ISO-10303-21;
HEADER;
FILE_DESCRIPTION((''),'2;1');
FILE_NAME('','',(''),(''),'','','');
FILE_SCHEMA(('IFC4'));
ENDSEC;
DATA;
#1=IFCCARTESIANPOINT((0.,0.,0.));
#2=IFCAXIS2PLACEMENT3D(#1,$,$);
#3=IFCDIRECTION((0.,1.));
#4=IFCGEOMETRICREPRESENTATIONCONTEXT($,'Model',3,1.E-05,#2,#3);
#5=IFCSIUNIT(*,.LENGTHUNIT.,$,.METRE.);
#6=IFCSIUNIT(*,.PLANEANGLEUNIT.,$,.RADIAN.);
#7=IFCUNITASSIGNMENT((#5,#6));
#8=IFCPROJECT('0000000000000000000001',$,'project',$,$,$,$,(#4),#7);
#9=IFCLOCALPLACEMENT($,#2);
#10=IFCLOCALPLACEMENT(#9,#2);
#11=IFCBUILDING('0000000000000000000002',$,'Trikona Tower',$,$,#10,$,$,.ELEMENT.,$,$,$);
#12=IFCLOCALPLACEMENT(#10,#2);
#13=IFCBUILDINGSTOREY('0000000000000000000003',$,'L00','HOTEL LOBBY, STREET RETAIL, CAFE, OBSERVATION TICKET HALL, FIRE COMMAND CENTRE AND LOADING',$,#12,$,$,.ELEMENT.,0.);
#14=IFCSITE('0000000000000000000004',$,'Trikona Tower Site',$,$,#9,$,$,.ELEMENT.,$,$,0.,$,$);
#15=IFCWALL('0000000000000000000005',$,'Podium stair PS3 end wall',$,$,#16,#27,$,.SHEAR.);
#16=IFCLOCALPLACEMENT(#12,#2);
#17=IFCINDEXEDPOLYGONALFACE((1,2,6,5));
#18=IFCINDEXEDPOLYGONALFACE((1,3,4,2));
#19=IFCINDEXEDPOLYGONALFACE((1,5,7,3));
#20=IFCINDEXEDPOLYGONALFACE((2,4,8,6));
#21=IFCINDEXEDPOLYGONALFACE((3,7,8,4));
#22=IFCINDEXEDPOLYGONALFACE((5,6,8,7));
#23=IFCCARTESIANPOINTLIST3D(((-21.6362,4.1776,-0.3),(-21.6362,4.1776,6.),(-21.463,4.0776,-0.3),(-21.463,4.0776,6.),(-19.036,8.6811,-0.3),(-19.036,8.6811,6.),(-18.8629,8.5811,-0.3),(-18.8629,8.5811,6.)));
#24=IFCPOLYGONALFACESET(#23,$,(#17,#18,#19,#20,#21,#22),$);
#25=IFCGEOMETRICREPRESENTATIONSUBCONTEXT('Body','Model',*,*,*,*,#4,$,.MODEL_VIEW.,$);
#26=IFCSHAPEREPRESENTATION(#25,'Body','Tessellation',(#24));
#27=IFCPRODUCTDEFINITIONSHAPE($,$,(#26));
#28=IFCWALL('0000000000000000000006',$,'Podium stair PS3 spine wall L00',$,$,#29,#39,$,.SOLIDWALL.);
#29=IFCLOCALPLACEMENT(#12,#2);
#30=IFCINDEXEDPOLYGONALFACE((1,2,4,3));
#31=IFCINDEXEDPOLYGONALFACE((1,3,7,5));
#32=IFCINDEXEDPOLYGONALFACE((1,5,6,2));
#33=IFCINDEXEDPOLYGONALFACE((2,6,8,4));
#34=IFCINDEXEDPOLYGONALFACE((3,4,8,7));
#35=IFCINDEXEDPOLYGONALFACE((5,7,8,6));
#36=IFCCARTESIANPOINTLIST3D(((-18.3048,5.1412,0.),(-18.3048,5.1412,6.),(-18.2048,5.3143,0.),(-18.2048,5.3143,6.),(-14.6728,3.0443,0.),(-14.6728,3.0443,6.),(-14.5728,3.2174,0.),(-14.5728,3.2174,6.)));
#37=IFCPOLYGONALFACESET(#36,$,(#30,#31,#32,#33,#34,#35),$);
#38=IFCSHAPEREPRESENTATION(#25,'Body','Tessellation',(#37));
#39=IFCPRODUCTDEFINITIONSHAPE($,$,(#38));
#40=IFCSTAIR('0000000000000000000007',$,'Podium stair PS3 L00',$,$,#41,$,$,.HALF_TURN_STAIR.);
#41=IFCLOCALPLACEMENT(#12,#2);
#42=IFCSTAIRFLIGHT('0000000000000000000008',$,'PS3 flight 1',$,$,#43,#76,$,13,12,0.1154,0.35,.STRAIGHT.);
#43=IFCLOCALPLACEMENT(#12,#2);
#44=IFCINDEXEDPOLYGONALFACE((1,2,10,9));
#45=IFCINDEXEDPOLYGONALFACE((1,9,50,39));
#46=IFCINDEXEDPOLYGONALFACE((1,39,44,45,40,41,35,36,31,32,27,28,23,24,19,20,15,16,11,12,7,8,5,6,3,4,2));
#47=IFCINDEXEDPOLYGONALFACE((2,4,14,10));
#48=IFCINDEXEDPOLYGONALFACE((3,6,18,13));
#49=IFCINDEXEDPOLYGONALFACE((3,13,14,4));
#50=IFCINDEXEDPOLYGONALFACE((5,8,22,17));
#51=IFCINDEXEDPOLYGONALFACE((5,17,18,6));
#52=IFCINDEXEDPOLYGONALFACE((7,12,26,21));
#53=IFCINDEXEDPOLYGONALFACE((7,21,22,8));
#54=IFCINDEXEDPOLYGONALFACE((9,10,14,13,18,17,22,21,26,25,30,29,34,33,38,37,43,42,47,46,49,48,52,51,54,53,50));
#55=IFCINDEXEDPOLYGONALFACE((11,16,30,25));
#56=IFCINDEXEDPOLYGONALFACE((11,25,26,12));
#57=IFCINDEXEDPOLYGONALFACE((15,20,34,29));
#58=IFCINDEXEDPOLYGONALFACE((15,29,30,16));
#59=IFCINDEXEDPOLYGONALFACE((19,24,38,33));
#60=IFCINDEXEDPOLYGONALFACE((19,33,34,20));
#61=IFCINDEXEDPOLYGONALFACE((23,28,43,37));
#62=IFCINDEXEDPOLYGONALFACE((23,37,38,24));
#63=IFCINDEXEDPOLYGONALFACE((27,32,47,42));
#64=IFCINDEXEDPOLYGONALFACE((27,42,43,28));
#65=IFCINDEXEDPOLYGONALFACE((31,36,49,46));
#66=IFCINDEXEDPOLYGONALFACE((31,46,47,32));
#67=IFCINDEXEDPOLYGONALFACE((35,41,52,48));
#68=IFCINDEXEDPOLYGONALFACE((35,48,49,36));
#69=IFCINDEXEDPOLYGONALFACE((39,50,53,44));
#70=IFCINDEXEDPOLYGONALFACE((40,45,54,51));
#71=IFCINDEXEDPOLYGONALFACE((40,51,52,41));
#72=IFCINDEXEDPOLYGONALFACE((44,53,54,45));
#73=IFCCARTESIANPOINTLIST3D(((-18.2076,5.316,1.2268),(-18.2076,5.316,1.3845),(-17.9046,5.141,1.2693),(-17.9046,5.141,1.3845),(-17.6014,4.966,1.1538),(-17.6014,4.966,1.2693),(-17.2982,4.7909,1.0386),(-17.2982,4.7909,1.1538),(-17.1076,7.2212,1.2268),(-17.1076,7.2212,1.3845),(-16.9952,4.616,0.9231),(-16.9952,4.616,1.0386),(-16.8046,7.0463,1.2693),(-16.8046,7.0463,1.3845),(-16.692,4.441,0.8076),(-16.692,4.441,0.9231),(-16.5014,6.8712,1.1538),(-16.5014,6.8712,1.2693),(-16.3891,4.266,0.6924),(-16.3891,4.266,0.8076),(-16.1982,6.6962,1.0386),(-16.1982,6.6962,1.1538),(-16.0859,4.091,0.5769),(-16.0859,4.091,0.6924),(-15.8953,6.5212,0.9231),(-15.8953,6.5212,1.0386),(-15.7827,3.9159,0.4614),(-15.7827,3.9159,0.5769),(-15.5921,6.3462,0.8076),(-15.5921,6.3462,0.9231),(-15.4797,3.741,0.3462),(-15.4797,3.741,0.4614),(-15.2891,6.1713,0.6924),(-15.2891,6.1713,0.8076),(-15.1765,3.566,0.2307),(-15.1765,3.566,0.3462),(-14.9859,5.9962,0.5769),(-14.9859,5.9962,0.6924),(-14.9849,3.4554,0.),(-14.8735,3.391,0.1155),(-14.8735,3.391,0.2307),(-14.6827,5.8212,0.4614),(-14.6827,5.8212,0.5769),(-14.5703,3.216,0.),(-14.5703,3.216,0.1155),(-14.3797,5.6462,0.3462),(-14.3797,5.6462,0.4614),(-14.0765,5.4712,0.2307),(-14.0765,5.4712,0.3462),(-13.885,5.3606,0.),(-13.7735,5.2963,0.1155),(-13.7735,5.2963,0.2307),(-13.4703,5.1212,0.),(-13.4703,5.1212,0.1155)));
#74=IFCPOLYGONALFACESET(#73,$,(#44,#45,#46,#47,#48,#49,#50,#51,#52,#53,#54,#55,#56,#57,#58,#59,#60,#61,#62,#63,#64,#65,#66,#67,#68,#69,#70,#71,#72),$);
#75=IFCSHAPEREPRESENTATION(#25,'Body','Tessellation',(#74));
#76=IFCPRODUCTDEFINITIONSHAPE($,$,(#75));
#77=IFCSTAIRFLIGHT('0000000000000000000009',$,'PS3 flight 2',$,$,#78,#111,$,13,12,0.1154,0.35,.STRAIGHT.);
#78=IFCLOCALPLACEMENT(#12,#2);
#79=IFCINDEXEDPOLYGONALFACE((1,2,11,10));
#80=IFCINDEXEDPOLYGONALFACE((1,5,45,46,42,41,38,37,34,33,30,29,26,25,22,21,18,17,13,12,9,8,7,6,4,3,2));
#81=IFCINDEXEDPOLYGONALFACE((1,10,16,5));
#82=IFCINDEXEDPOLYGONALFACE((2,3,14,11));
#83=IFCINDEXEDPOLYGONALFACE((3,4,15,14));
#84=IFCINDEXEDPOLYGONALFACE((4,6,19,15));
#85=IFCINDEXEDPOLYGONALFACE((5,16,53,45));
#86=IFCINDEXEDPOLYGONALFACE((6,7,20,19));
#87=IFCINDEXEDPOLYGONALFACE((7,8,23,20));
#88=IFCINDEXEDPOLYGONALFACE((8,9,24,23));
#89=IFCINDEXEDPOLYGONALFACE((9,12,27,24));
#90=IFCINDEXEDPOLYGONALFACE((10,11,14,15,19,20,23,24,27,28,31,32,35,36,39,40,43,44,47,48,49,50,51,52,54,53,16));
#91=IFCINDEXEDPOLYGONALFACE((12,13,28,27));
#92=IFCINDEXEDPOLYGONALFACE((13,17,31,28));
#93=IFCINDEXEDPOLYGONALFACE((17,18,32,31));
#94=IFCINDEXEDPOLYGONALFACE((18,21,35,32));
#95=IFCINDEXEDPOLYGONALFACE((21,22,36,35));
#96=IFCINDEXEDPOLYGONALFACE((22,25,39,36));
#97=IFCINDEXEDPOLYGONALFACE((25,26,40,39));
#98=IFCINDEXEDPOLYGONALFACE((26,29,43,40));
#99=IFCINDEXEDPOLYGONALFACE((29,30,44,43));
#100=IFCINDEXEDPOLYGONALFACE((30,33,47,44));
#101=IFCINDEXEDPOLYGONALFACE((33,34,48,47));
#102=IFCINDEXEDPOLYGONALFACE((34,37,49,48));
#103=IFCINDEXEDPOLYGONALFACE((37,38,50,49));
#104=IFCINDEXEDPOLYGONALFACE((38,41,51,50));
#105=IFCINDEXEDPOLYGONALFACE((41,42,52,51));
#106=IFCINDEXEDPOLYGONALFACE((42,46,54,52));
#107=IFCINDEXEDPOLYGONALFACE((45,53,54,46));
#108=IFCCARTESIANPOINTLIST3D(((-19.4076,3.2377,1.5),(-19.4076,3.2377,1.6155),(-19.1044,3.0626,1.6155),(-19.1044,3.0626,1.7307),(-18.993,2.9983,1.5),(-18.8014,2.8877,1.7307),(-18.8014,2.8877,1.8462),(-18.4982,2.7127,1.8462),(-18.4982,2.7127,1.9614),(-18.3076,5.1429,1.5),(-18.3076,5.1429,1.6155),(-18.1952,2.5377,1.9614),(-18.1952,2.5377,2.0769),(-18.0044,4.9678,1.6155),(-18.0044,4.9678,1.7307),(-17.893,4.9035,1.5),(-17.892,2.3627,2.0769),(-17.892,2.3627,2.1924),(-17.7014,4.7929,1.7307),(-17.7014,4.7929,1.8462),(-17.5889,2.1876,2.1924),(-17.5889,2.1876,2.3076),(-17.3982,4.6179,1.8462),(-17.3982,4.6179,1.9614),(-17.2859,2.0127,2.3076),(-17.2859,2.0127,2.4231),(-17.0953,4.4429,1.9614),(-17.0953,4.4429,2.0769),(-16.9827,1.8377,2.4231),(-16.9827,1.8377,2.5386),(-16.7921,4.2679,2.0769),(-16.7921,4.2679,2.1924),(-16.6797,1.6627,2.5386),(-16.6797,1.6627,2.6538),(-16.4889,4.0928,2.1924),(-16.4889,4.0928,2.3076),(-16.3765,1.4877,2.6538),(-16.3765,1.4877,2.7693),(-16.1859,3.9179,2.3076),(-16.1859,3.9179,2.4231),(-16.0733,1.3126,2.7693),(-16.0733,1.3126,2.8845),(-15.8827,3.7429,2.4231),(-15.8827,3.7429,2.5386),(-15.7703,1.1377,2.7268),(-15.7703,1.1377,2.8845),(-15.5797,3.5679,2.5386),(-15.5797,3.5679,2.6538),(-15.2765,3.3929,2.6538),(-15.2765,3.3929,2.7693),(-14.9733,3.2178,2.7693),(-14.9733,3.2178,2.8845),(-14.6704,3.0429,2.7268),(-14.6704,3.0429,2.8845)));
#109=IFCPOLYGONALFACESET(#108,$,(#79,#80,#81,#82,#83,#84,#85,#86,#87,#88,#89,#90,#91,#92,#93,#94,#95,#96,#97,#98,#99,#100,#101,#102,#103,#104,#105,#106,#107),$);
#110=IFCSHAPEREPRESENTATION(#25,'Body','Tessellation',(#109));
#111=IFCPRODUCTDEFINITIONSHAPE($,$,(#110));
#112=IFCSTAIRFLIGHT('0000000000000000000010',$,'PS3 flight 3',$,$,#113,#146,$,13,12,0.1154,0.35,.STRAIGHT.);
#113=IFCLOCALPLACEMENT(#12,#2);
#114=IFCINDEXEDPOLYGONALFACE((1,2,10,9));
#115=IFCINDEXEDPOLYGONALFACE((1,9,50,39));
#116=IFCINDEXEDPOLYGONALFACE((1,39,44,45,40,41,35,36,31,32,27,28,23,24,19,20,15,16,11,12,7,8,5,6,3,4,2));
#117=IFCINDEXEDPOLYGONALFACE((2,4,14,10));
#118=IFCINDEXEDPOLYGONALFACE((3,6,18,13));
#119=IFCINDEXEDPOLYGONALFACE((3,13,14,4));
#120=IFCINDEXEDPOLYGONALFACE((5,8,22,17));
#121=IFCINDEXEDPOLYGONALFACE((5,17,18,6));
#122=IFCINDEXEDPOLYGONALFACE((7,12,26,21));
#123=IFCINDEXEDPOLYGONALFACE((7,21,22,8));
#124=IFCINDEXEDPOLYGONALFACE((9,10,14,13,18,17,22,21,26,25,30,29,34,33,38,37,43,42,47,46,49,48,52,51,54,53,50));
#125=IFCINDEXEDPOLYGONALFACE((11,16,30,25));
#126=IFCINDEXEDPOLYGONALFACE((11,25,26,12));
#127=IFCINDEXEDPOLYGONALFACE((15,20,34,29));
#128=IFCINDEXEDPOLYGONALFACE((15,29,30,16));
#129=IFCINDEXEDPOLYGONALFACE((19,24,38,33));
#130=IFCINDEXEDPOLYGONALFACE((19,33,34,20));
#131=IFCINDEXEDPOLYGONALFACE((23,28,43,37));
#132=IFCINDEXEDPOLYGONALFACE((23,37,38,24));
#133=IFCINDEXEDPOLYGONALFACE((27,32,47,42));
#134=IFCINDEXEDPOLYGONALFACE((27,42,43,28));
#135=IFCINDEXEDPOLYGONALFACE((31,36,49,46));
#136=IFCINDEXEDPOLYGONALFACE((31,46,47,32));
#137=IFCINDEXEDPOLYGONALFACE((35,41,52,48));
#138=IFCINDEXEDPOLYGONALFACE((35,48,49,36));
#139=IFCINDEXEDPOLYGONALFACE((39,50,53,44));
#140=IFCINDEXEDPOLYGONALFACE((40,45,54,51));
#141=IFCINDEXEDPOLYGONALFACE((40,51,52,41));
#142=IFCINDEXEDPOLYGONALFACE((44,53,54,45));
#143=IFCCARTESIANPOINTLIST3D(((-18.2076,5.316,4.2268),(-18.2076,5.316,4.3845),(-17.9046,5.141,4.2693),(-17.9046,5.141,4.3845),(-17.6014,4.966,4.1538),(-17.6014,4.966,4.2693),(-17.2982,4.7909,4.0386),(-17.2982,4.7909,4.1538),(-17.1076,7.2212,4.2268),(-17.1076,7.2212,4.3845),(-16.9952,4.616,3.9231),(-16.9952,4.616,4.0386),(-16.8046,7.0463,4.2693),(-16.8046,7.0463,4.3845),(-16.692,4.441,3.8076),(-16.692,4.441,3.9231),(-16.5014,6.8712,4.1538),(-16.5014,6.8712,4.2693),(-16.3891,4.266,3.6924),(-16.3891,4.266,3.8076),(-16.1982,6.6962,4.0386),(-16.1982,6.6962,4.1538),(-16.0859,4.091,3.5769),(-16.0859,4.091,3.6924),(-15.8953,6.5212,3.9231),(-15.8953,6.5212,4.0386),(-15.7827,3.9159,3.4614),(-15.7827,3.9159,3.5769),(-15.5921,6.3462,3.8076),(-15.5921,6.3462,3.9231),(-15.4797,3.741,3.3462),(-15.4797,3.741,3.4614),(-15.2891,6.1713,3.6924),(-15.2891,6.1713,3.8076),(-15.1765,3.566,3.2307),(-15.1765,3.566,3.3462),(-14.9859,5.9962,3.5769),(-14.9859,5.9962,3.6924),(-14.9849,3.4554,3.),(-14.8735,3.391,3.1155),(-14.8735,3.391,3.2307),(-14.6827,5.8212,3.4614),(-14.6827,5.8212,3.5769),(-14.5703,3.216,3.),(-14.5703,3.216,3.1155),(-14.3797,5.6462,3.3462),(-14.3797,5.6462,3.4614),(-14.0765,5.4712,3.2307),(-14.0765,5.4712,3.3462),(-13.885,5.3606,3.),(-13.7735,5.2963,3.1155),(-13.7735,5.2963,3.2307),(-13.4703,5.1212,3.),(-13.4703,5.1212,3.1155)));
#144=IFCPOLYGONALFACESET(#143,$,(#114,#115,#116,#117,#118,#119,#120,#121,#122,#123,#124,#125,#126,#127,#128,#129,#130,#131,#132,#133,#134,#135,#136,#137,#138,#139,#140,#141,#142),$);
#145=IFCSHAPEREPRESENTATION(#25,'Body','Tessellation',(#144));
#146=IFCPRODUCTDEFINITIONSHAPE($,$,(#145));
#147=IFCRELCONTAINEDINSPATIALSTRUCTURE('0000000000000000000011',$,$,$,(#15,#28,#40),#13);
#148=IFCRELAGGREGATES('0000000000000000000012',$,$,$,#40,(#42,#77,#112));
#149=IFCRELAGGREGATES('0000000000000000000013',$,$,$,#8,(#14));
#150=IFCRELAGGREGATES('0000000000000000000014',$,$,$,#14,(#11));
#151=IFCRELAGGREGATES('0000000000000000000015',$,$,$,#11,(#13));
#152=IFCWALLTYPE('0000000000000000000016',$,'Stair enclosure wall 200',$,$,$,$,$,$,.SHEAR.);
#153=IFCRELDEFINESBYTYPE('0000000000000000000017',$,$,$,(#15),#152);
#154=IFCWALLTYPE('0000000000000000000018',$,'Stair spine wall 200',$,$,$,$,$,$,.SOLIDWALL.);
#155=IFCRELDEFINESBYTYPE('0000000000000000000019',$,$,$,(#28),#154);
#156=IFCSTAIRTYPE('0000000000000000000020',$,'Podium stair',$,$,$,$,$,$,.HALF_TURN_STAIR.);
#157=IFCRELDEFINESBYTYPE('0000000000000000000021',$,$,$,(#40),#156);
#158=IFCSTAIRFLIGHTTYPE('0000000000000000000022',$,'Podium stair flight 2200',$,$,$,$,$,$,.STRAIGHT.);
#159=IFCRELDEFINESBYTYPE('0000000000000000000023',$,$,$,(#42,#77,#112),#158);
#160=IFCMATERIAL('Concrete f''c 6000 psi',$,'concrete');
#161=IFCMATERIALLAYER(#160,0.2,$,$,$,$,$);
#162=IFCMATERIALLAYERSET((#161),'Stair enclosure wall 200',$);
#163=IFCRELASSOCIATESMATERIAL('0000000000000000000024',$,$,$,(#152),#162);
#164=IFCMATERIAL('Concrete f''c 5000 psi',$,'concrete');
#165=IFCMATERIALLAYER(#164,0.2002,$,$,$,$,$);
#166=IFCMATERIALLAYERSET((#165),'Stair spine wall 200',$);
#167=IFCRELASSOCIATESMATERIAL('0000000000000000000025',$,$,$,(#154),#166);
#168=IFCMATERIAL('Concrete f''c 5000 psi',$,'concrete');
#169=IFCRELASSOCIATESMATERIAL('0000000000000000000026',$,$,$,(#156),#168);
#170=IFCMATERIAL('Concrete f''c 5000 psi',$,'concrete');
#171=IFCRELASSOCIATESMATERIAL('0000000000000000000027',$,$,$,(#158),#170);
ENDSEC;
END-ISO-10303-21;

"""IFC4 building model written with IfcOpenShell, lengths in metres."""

from ifc_helpers import new_model, si_unit, direction, frame, frame_2d, origin, place, context, subcontext, project, spatial, polyline, rectangle, outline, extrude, material, layer, layer_set, type_object, element, aggregate, save


model = new_model("IFC4")

# Units and contexts
model_context = context("Model", 3, precision=1e-05, world=origin(), true_north=direction((0.0, 1.0)))
body_context = subcontext(model_context, "Body", "Model", "MODEL_VIEW")
ifc_project = project(units=[si_unit("LENGTHUNIT", "METRE"), si_unit("PLANEANGLEUNIT", "RADIAN")], contexts=[model_context])

# Site, building, storey
site_placement = place(None, origin())
site = spatial("IfcSite", under=ifc_project, at=site_placement, Name="Trikona Tower Site", CompositionType="ELEMENT", RefElevation=0.0)
building_placement = place(site_placement, origin())
building = spatial("IfcBuilding", under=site, at=building_placement, Name="Trikona Tower", CompositionType="ELEMENT")
storey_placement = place(building_placement, origin())
storey = spatial("IfcBuildingStorey", under=building, at=storey_placement, Name="L00", Description="HOTEL LOBBY, STREET RETAIL, CAFE, OBSERVATION TICKET HALL, FIRE COMMAND CENTRE AND LOADING", CompositionType="ELEMENT", Elevation=0.0)

# Walls
ifc_material_1 = material(Name="Concrete f'c 6000 psi", Category="concrete")
ifc_layer_1 = layer(ifc_material_1, 0.2)
ifc_layer_set_1 = layer_set([ifc_layer_1], Name="Stair enclosure wall 200")
wall_type_1 = type_object("IfcWallType", Name="Stair enclosure wall 200", PredefinedType="SHEAR", material=ifc_layer_set_1)
wall_1_placement = place(storey_placement, frame((-18.9495, 8.6311, -0.3), z_axis=(0.0, 0.0, 1.0), x_axis=(-0.500007, -0.866021, 0.0)))
element("IfcWall", 1, at=wall_1_placement, inside=storey, type_object=wall_type_1, Name="Podium stair PS3 end wall", PredefinedType="SHEAR", context=body_context, shape_type="SweptSolid", body=[
    extrude(rectangle(XDim=5.2002, YDim=0.2, at=frame_2d((2.6001, 0.0))), origin(), (0.0, 0.0, 1.0), 6.3),
])
ifc_material_2 = material(Name="Concrete f'c 5000 psi", Category="concrete")
ifc_layer_2 = layer(ifc_material_2, 0.2002)
ifc_layer_set_2 = layer_set([ifc_layer_2], Name="Stair spine wall 200")
wall_type_2 = type_object("IfcWallType", Name="Stair spine wall 200", PredefinedType="SOLIDWALL", material=ifc_layer_set_2)
wall_2_placement = place(storey_placement, frame((-14.6228, 3.1309, 0.0), z_axis=(0.0, 0.0, 1.0), x_axis=(-0.866031, 0.49999, 0.0)))
element("IfcWall", 2, at=wall_2_placement, inside=storey, type_object=wall_type_2, Name="Podium stair PS3 spine wall L00", PredefinedType="SOLIDWALL", context=body_context, shape_type="SweptSolid", body=[
    extrude(rectangle(XDim=4.1938, YDim=0.2, at=frame_2d((2.0969, 0.0))), origin(), (0.0, 0.0, 1.0), 6.0),
])

# Stair, stair flights
ifc_material_3 = material(Name="Concrete f'c 5000 psi", Category="concrete")
stair_type = type_object("IfcStairType", Name="Podium stair", PredefinedType="HALF_TURN_STAIR", material=ifc_material_3)
stair_placement = place(storey_placement, origin())
stair = element("IfcStair", 3, at=stair_placement, inside=storey, type_object=stair_type, Name="Podium stair PS3 L00", PredefinedType="HALF_TURN_STAIR")
ifc_material_4 = material(Name="Concrete f'c 5000 psi", Category="concrete")
stair_flight_type = type_object("IfcStairFlightType", Name="Podium stair flight 2200", PredefinedType="STRAIGHT", material=ifc_material_4)
stair_flight_1_placement = place(storey_placement, frame((-14.0203, 4.1687, 0.0), z_axis=(0.0, 0.0, 1.0), x_axis=(-0.866025, 0.5, 0.0)))
stair_flight_1 = element("IfcStairFlight", 4, at=stair_flight_1_placement, type_object=stair_flight_type, Name="PS3 flight 1", NumberOfRisers=13, NumberOfTreads=12, PredefinedType="STRAIGHT", RiserHeight=0.1154, TreadLength=0.35, context=body_context, shape_type="SweptSolid", body=[
    extrude(outline(polyline([(0.0, 0.0), (0.0, 0.1155), (0.3501, 0.1155), (0.3501, 0.2307), (0.7, 0.2307), (0.7, 0.3462), (1.05, 0.3462), (1.05, 0.4614), (1.3999, 0.4614), (1.3999, 0.5769), (1.75, 0.5769), (1.75, 0.6924), (2.1001, 0.6924), (2.1001, 0.8076), (2.45, 0.8076), (2.45, 0.9231), (2.8, 0.9231), (2.8, 1.0386), (3.1499, 1.0386), (3.1499, 1.1538), (3.5, 1.1538), (3.5, 1.2693), (3.8501, 1.2693), (3.8501, 1.3845), (4.2, 1.3845), (4.2, 1.5), (4.2, 1.2268), (0.4788, 0.0), (0.0, 0.0)])), frame((0.0, 1.1001, 0.0), z_axis=(0.0, -1.0, 0.0), x_axis=(1.0, 0.0, 0.0)), (0.0, 0.0, 1.0), 2.2),
])
stair_flight_2_placement = place(storey_placement, frame((-18.8577, 4.1902, 1.5), z_axis=(0.0, 0.0, 1.0), x_axis=(0.866025, -0.5, 0.0)))
stair_flight_2 = element("IfcStairFlight", 5, at=stair_flight_2_placement, type_object=stair_flight_type, Name="PS3 flight 2", NumberOfRisers=13, NumberOfTreads=12, PredefinedType="STRAIGHT", RiserHeight=0.1154, TreadLength=0.35, context=body_context, shape_type="SweptSolid", body=[
    extrude(outline(polyline([(0.0, 0.0), (0.0, 0.1155), (0.3501, 0.1155), (0.3501, 0.2307), (0.7, 0.2307), (0.7, 0.3462), (1.05, 0.3462), (1.05, 0.4614), (1.3999, 0.4614), (1.3999, 0.5769), (1.75, 0.5769), (1.75, 0.6924), (2.1001, 0.6924), (2.1001, 0.8076), (2.45, 0.8076), (2.45, 0.9231), (2.8, 0.9231), (2.8, 1.0386), (3.1499, 1.0386), (3.1499, 1.1538), (3.5, 1.1538), (3.5, 1.2693), (3.8501, 1.2693), (3.8501, 1.3845), (4.2, 1.3845), (4.2, 1.5), (4.2, 1.2268), (0.4788, 0.0), (0.0, 0.0)])), frame((0.0, 1.1001, 0.0), z_axis=(0.0, -1.0, 0.0), x_axis=(1.0, 0.0, 0.0)), (0.0, 0.0, 1.0), 2.2),
])
stair_flight_3_placement = place(storey_placement, frame((-14.0203, 4.1687, 3.0), z_axis=(0.0, 0.0, 1.0), x_axis=(-0.866025, 0.5, 0.0)))
stair_flight_3 = element("IfcStairFlight", 6, at=stair_flight_3_placement, type_object=stair_flight_type, Name="PS3 flight 3", NumberOfRisers=13, NumberOfTreads=12, PredefinedType="STRAIGHT", RiserHeight=0.1154, TreadLength=0.35, context=body_context, shape_type="SweptSolid", body=[
    extrude(outline(polyline([(0.0, 0.0), (0.0, 0.1155), (0.3501, 0.1155), (0.3501, 0.2307), (0.7, 0.2307), (0.7, 0.3462), (1.05, 0.3462), (1.05, 0.4614), (1.3999, 0.4614), (1.3999, 0.5769), (1.75, 0.5769), (1.75, 0.6924), (2.1001, 0.6924), (2.1001, 0.8076), (2.45, 0.8076), (2.45, 0.9231), (2.8, 0.9231), (2.8, 1.0386), (3.1499, 1.0386), (3.1499, 1.1538), (3.5, 1.1538), (3.5, 1.2693), (3.8501, 1.2693), (3.8501, 1.3845), (4.2, 1.3845), (4.2, 1.5), (4.2, 1.2268), (0.4788, 0.0), (0.0, 0.0)])), frame((0.0, 1.1001, 0.0), z_axis=(0.0, -1.0, 0.0), x_axis=(1.0, 0.0, 0.0)), (0.0, 0.0, 1.0), 2.2),
])
aggregate(stair, [stair_flight_1, stair_flight_2, stair_flight_3])

save(model, "model.ifc")
